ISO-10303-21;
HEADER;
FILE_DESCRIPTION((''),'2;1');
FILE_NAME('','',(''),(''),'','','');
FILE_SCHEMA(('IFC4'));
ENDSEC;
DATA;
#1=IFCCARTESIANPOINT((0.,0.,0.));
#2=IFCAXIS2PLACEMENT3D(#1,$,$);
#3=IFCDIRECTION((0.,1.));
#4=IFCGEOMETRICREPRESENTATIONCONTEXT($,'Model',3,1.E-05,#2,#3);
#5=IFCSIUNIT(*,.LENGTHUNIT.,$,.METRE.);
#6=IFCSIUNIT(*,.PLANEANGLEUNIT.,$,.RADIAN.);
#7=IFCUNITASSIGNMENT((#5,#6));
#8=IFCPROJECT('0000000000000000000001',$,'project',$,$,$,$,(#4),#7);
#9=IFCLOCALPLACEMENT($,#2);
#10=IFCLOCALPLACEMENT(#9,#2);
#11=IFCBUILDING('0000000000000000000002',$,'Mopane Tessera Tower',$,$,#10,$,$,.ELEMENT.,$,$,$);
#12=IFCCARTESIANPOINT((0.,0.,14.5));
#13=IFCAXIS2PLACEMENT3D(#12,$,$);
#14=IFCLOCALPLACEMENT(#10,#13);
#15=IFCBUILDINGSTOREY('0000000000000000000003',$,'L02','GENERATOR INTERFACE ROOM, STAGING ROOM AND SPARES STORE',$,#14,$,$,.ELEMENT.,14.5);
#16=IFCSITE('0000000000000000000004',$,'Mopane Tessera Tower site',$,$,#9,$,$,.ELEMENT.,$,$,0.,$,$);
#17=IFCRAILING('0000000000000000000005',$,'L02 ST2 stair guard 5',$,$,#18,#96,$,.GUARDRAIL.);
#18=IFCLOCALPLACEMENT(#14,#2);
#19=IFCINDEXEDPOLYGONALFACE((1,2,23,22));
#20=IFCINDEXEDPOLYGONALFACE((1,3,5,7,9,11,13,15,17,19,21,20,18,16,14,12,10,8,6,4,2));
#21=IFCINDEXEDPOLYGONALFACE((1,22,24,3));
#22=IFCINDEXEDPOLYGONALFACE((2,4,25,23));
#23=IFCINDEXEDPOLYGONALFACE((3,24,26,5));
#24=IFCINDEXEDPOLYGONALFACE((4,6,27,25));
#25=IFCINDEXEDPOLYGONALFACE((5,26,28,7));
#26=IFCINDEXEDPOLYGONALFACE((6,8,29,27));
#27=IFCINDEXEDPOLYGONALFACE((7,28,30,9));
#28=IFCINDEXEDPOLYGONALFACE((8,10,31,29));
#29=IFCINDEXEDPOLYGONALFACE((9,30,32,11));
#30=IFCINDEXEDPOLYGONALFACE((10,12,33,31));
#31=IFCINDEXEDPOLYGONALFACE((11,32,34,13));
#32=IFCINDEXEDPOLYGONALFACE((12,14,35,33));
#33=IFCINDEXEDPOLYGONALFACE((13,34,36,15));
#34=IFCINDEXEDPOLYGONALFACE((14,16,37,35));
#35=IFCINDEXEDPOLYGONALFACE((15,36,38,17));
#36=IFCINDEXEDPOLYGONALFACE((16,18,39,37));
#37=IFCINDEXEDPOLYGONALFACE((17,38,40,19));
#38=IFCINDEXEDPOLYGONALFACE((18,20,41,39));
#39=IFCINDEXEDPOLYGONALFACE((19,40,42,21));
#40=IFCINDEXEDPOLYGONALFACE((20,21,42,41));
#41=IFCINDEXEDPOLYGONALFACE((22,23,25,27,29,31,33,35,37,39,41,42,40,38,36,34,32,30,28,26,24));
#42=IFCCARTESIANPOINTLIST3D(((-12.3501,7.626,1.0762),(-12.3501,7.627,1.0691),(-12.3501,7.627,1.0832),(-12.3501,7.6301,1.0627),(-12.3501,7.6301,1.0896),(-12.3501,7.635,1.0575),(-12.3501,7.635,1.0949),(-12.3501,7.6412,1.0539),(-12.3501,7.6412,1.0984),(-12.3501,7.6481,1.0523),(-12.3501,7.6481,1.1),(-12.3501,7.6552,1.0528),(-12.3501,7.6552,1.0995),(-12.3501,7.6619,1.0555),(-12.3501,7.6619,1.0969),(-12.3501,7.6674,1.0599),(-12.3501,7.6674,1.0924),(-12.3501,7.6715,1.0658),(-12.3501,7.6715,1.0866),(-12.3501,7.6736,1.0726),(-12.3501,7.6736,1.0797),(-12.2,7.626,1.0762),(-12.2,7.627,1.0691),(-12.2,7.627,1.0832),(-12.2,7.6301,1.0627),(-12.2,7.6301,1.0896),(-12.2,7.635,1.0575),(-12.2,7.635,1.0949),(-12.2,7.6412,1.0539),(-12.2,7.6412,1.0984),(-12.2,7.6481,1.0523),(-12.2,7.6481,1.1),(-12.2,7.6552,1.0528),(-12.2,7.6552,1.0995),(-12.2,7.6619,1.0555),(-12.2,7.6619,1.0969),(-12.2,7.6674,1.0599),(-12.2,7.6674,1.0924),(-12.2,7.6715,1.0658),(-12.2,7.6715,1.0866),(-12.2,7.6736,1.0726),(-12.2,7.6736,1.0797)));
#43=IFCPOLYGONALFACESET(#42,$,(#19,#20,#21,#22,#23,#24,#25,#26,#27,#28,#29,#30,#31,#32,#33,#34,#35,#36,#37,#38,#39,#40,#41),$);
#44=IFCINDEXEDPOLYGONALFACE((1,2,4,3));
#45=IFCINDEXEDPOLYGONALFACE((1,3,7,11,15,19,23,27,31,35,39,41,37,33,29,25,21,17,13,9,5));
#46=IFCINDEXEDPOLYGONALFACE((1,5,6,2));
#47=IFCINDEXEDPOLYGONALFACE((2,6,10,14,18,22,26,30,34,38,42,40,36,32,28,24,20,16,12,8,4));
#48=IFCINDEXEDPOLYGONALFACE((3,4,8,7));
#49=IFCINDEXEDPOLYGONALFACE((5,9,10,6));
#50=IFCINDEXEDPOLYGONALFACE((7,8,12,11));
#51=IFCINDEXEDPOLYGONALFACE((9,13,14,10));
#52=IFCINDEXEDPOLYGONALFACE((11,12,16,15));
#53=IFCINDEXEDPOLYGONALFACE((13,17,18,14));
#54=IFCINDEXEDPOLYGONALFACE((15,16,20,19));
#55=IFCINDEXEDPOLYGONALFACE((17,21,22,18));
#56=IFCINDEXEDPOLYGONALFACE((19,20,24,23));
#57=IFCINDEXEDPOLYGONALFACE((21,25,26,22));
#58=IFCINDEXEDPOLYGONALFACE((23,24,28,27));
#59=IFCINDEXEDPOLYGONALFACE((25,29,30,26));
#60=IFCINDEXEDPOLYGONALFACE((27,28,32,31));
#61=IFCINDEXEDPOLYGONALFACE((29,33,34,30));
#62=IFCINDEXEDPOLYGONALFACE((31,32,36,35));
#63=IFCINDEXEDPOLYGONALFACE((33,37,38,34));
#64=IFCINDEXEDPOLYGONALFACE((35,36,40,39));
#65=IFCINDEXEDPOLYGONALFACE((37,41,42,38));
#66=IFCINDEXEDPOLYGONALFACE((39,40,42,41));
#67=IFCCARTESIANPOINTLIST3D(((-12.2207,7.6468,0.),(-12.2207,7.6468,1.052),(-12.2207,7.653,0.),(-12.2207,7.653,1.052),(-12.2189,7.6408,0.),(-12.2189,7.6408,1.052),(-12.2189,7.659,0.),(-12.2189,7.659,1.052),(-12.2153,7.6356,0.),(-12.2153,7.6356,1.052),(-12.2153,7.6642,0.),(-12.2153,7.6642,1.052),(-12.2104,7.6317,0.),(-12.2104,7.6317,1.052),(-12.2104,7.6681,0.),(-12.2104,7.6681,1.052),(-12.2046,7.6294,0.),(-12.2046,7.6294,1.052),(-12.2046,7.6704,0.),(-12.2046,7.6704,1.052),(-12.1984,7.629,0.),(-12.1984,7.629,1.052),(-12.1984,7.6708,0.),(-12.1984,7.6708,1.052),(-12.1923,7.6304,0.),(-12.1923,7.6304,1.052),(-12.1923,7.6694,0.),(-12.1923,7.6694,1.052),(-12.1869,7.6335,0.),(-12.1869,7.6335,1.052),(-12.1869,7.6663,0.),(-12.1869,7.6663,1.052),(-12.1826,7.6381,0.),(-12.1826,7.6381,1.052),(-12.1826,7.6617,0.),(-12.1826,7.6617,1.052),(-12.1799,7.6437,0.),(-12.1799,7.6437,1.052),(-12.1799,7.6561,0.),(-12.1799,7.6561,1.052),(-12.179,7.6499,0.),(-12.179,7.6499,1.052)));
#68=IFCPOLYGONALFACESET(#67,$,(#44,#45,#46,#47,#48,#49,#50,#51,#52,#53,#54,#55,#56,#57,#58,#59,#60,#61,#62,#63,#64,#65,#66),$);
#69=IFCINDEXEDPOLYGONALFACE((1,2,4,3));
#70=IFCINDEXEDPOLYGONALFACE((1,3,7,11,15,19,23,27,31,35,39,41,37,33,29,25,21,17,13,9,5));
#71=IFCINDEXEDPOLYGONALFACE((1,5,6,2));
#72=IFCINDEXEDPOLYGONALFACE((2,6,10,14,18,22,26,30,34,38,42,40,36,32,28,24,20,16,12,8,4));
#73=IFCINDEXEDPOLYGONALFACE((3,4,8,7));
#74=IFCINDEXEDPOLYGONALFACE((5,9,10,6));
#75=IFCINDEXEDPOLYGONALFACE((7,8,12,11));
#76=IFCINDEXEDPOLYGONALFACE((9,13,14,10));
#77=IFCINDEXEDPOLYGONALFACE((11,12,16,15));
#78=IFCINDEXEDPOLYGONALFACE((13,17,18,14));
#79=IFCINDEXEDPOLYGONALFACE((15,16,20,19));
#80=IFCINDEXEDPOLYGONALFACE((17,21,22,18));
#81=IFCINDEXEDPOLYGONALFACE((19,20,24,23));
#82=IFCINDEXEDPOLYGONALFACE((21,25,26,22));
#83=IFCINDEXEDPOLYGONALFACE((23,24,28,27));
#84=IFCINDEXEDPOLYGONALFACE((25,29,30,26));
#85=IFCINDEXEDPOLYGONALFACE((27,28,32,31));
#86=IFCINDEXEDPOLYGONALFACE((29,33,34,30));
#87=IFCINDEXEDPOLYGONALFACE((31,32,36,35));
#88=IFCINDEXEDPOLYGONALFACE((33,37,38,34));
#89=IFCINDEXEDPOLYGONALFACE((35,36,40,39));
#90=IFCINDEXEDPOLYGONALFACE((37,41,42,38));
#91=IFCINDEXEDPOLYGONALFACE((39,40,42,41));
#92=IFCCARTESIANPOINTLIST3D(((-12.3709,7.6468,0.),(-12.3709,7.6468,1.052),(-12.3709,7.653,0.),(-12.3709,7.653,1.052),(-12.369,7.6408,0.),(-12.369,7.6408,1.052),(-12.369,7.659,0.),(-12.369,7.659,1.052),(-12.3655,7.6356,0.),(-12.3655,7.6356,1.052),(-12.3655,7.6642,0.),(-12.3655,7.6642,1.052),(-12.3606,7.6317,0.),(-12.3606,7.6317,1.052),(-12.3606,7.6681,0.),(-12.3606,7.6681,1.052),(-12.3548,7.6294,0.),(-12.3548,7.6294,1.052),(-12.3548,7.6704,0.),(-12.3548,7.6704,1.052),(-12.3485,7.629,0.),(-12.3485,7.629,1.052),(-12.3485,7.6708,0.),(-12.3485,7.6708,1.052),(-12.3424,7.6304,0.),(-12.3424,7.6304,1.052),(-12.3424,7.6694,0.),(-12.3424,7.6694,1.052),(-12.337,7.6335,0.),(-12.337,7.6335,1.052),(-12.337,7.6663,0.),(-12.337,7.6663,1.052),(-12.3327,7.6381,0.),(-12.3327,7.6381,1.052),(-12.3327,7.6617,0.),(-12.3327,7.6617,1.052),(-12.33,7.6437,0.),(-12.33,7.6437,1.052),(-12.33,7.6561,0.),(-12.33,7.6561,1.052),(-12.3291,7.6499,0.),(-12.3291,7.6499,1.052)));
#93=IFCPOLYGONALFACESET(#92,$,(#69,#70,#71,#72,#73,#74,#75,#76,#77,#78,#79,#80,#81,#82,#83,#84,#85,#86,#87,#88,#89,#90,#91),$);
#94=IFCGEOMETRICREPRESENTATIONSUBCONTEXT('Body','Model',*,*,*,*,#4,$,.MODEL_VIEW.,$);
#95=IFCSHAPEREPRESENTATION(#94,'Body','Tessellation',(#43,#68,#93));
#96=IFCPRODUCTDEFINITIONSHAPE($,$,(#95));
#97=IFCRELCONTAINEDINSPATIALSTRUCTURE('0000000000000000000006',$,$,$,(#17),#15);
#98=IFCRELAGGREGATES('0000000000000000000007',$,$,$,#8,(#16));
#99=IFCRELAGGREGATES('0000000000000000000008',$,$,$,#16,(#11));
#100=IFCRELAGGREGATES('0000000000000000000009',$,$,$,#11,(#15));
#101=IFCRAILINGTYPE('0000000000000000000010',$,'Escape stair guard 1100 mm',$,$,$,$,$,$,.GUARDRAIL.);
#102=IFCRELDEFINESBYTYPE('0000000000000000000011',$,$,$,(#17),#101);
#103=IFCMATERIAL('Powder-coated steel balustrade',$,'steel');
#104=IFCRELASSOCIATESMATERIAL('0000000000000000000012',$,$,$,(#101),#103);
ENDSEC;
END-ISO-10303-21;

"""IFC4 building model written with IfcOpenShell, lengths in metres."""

from ifc_helpers import new_model, si_unit, direction, frame, origin, origin_2d, place, context, subcontext, project, spatial, circle, extrude, material, type_object, element, save


model = new_model("IFC4")

# Units and contexts
model_context = context("Model", 3, precision=1e-05, world=origin(), true_north=direction((0.0, 1.0)))
body_context = subcontext(model_context, "Body", "Model", "MODEL_VIEW")
ifc_project = project(units=[si_unit("LENGTHUNIT", "METRE"), si_unit("PLANEANGLEUNIT", "RADIAN")], contexts=[model_context])

# Site, building, storey
site_placement = place(None, origin())
site = spatial("IfcSite", under=ifc_project, at=site_placement, Name="Mopane Tessera Tower site", CompositionType="ELEMENT", RefElevation=0.0)
building_placement = place(site_placement, origin())
building = spatial("IfcBuilding", under=site, at=building_placement, Name="Mopane Tessera Tower", CompositionType="ELEMENT")
storey_placement = place(building_placement, frame((0.0, 0.0, 14.5)))
storey = spatial("IfcBuildingStorey", under=building, at=storey_placement, Name="L02", Description="GENERATOR INTERFACE ROOM, STAGING ROOM AND SPARES STORE", CompositionType="ELEMENT", Elevation=14.5)

# Railing
ifc_material_1 = material(Name="Powder-coated steel balustrade", Category="steel")
railing_type = type_object("IfcRailingType", Name="Escape stair guard 1100 mm", PredefinedType="GUARDRAIL", material=ifc_material_1)
railing_placement = place(storey_placement, frame((-12.2, 7.6499, 0.0)))
element("IfcRailing", 1, at=railing_placement, inside=storey, type_object=railing_type, Name="L02 ST2 stair guard 5", PredefinedType="GUARDRAIL", context=body_context, shape_type="SweptSolid", body=[
    extrude(circle(Radius=0.0239, at=origin_2d()), frame((0.0, 0.0, 1.0762), z_axis=(-1.0, 0.0, 0.0), x_axis=(0.0, -1.0, 0.0)), (0.0, 0.0, 1.0), 0.1501),
    extrude(circle(Radius=0.021, at=origin_2d()), origin(), (0.0, 0.0, 1.0), 1.052),
    extrude(circle(Radius=0.021, at=origin_2d()), frame((-0.1501, 0.0, 0.0)), (0.0, 0.0, 1.0), 1.052),
])

save(model, "model.ifc")
